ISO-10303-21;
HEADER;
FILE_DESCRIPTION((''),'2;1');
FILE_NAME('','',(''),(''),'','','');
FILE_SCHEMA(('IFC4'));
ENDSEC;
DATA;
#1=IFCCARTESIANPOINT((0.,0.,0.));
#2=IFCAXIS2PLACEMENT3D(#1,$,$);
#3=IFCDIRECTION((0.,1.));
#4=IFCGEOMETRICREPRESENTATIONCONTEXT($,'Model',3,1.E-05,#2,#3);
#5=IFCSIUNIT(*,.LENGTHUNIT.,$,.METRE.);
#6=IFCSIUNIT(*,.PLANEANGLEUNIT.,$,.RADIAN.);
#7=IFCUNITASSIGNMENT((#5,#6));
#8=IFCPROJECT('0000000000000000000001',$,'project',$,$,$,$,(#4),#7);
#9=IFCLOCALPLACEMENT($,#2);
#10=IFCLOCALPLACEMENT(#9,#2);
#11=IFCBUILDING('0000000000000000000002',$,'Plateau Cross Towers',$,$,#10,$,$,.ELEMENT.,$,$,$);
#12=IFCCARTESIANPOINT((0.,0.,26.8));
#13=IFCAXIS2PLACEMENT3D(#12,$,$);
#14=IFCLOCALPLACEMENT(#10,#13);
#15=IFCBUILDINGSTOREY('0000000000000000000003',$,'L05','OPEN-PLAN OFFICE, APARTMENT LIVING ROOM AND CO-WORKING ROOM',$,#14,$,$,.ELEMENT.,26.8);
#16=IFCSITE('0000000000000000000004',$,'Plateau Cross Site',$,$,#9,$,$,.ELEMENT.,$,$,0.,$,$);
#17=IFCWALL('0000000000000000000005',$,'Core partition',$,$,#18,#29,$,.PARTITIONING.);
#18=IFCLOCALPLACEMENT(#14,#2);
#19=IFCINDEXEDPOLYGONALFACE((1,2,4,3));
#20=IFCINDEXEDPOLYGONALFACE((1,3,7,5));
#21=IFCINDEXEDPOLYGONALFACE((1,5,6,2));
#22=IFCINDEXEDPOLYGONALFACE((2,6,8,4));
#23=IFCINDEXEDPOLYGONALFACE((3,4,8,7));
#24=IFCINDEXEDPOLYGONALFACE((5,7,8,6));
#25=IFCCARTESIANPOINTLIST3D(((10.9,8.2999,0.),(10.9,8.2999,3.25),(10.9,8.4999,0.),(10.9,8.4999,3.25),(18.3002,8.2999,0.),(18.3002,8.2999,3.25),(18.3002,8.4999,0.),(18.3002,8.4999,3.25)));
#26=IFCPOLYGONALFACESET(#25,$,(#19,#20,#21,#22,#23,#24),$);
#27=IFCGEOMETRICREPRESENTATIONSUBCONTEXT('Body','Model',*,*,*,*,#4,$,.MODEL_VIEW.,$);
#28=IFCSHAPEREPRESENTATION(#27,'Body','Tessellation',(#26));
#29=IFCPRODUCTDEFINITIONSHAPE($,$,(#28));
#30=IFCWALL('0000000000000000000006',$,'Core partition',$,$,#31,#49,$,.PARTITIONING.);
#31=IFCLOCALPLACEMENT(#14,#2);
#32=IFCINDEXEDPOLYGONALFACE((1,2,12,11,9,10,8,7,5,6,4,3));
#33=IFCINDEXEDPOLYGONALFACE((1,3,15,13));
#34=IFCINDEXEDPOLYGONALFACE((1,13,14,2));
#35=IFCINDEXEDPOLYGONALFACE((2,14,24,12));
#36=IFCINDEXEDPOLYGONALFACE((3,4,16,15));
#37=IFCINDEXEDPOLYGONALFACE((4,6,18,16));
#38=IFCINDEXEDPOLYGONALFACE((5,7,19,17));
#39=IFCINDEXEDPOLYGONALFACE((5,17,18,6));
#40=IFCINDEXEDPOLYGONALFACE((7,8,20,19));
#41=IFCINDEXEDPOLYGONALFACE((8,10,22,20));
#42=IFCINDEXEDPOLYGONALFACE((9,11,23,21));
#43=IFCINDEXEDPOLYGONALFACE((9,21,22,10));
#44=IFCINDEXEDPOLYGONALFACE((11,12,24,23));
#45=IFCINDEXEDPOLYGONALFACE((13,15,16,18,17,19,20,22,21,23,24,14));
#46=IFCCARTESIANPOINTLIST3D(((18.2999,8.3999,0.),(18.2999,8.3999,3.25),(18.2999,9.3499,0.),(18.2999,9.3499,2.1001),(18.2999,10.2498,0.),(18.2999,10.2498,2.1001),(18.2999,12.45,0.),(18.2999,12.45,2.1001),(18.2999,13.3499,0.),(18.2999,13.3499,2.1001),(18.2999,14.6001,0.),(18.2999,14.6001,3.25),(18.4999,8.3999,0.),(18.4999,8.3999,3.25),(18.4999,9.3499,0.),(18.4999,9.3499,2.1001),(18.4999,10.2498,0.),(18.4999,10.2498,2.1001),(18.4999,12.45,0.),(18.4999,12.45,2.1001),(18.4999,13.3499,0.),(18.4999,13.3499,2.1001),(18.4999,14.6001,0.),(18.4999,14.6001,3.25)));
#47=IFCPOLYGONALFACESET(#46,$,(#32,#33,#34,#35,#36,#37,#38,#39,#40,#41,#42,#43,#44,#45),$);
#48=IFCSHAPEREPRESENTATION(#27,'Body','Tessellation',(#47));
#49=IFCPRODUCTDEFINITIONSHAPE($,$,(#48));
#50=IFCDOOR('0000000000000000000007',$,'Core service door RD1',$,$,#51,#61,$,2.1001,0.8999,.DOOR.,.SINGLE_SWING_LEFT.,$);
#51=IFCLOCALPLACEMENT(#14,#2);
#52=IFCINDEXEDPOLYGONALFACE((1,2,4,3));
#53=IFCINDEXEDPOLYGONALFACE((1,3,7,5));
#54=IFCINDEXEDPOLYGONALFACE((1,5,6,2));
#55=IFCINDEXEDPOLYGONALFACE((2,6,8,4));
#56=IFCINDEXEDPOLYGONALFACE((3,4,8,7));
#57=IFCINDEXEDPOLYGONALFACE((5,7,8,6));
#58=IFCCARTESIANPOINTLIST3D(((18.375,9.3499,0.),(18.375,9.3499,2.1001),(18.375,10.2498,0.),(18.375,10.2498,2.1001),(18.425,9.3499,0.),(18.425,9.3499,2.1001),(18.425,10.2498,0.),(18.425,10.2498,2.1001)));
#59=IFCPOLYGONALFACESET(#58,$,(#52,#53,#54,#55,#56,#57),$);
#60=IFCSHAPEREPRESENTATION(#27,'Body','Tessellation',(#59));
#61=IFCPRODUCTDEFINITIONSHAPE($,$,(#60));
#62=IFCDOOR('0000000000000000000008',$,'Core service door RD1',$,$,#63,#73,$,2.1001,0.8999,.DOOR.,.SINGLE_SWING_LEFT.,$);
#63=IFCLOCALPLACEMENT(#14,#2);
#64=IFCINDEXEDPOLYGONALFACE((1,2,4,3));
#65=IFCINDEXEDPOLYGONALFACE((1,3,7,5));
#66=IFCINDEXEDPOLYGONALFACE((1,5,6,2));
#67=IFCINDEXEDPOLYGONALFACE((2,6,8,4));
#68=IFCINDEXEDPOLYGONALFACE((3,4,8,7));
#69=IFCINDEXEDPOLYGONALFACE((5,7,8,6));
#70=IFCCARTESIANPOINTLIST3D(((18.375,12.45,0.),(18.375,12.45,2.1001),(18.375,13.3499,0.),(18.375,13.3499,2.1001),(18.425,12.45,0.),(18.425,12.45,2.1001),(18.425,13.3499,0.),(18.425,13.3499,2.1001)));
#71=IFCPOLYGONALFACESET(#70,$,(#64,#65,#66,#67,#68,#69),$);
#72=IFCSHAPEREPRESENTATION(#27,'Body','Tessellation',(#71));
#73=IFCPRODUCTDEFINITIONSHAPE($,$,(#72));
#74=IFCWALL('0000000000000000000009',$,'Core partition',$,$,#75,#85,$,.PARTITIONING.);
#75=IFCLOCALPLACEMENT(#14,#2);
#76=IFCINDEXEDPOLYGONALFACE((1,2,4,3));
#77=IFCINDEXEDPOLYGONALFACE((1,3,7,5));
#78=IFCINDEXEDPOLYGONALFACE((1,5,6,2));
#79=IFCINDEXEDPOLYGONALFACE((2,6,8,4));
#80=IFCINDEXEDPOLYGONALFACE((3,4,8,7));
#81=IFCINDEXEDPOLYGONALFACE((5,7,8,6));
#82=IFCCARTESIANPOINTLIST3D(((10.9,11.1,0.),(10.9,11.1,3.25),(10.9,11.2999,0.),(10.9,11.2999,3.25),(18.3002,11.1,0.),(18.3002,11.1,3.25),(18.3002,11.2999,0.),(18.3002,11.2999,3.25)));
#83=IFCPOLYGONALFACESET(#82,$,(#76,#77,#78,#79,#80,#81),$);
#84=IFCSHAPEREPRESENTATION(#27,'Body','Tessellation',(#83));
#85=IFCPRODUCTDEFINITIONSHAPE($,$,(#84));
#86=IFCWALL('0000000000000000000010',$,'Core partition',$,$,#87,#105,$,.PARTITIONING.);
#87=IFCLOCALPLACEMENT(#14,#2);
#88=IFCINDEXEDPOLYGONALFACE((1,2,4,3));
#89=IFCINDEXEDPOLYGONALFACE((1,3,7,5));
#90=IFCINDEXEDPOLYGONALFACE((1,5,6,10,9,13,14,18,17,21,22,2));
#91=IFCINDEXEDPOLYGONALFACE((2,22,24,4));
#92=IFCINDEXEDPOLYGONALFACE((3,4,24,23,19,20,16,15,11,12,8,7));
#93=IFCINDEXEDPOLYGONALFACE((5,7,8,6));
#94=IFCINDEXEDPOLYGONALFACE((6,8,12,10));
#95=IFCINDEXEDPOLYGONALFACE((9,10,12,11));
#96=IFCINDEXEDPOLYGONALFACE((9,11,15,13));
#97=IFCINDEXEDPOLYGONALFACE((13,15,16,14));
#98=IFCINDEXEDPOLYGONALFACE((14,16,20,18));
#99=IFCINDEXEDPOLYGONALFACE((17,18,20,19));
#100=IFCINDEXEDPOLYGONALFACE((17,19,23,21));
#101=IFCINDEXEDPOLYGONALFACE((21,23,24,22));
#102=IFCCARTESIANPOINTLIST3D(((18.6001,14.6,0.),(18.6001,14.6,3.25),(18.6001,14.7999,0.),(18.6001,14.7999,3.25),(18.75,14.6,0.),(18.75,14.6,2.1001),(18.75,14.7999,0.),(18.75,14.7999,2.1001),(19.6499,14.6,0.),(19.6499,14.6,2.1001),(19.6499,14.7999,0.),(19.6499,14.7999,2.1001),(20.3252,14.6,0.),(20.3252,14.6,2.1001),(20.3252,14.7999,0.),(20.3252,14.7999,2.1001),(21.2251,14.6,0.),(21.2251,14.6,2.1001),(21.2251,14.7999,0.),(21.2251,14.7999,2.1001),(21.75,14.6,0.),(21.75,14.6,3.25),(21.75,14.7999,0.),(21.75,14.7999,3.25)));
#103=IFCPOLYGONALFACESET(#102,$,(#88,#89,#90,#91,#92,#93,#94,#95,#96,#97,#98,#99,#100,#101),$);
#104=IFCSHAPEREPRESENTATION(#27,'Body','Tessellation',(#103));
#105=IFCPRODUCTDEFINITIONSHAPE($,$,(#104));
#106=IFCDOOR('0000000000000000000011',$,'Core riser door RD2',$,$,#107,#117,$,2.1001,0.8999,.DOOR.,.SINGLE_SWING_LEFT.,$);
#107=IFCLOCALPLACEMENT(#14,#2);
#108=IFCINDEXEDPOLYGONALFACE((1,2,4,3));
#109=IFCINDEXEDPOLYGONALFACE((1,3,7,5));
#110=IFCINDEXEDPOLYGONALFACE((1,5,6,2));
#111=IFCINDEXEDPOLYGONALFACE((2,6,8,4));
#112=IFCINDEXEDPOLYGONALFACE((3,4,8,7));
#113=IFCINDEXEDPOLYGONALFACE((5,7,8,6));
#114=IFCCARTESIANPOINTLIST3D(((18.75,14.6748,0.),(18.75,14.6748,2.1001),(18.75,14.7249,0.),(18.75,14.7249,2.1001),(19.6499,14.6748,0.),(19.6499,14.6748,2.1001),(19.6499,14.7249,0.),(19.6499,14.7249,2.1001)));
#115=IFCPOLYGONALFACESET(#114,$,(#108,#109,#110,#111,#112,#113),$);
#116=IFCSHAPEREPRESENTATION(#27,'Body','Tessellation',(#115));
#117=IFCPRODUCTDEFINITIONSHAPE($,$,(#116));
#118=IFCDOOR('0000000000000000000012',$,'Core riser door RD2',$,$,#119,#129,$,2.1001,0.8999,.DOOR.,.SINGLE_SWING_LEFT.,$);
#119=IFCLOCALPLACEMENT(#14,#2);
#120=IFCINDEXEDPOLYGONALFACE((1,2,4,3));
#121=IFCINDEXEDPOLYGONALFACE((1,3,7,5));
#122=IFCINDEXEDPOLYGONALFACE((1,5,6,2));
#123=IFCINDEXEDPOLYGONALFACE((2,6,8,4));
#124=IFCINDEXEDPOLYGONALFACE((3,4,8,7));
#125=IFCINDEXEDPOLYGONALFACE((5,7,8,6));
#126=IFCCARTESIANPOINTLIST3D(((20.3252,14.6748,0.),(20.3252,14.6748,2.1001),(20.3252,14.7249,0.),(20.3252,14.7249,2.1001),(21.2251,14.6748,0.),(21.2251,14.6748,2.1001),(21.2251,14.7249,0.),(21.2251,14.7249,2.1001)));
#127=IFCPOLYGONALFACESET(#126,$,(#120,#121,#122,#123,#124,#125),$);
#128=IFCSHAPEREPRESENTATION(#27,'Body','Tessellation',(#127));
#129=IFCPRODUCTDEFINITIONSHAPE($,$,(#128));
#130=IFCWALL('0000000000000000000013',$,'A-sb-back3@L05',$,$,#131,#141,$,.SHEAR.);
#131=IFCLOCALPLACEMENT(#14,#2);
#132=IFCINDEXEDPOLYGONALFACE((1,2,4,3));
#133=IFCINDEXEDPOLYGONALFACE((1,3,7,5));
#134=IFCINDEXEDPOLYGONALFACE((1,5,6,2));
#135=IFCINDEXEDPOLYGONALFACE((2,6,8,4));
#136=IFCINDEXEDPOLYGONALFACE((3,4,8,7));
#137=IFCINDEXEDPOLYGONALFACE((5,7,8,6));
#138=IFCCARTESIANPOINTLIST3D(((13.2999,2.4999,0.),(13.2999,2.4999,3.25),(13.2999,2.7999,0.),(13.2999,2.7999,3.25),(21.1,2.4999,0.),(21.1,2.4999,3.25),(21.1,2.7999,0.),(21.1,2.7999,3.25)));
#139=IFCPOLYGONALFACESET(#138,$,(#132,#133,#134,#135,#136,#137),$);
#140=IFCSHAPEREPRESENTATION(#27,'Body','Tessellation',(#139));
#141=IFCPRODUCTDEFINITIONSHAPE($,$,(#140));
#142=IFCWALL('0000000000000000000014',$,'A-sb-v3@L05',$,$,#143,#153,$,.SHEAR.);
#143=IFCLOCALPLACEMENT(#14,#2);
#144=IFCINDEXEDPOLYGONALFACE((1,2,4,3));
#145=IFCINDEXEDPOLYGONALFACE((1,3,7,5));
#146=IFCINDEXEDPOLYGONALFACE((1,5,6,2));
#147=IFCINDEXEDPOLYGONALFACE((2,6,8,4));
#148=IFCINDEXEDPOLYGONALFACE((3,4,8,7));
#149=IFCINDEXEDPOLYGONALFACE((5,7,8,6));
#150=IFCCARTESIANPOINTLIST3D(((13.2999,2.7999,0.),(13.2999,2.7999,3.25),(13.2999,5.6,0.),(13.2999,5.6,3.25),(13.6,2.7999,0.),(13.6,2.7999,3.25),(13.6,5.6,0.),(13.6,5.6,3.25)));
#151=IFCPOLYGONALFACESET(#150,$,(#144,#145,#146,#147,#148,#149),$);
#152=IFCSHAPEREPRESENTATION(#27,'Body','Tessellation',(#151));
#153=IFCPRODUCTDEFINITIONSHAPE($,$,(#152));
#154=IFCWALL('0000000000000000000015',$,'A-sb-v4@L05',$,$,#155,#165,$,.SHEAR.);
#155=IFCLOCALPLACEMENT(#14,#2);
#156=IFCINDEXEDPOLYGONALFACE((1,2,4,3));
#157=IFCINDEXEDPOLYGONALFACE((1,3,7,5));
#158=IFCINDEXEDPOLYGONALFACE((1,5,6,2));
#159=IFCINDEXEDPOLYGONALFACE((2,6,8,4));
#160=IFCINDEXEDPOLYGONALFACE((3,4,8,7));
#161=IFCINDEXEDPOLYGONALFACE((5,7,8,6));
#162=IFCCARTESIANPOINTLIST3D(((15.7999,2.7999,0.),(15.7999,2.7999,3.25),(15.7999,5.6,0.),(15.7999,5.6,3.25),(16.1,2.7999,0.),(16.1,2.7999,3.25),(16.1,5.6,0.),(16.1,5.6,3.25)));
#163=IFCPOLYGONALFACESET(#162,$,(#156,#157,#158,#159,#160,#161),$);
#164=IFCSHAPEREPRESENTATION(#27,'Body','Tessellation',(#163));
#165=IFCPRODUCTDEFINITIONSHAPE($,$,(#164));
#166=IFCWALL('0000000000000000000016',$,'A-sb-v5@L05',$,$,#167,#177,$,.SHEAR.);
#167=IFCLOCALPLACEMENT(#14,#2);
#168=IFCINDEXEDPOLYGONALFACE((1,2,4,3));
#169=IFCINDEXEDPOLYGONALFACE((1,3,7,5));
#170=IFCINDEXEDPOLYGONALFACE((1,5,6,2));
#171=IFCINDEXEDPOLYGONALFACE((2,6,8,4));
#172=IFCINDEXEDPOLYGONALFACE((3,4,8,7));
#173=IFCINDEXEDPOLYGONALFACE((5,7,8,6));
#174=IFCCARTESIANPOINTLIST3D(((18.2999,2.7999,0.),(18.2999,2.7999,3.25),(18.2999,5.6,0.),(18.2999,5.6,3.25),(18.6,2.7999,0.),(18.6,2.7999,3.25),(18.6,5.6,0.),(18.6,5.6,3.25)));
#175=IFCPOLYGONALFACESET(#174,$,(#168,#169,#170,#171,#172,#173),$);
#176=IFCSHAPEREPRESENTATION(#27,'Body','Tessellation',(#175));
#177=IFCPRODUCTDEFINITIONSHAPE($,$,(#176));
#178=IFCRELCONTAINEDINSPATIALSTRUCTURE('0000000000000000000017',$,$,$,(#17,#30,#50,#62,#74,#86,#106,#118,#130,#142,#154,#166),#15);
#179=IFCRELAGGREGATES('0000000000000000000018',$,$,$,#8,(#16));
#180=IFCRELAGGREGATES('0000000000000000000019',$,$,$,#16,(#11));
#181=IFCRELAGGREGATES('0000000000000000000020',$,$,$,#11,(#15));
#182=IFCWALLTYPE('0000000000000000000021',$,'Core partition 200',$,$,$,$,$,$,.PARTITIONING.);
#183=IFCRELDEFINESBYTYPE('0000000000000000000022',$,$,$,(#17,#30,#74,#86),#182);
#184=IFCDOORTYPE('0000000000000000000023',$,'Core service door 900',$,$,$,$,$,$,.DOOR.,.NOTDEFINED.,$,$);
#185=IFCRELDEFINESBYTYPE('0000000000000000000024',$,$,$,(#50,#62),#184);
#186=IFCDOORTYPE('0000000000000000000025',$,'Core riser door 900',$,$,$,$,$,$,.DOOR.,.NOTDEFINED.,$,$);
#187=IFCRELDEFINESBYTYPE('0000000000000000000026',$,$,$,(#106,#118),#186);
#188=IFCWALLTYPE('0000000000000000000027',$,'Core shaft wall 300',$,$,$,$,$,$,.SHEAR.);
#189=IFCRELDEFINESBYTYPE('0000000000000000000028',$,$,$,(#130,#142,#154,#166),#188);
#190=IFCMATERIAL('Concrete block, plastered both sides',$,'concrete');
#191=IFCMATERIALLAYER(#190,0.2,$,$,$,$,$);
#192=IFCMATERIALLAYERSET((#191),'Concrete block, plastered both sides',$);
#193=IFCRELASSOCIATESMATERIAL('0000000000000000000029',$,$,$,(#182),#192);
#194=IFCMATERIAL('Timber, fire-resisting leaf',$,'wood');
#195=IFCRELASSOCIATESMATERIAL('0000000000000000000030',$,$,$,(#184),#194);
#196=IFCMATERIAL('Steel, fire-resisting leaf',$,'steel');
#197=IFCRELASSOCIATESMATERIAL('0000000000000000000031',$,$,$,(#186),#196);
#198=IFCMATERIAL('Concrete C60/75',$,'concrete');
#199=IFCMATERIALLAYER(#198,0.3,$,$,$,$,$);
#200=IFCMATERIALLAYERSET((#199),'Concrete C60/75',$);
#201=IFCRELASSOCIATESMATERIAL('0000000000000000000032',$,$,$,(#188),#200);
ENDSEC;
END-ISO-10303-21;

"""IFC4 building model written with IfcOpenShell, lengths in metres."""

from ifc_helpers import new_model, si_unit, direction, frame, frame_2d, origin, place, context, subcontext, project, spatial, rectangle, extrude, material, layer, layer_set, type_object, element, fill, save


model = new_model("IFC4")

# Units and contexts
model_context = context("Model", 3, precision=1e-05, world=origin(), true_north=direction((0.0, 1.0)))
body_context = subcontext(model_context, "Body", "Model", "MODEL_VIEW")
ifc_project = project(units=[si_unit("LENGTHUNIT", "METRE"), si_unit("PLANEANGLEUNIT", "RADIAN")], contexts=[model_context])

# Site, building, storey
site_placement = place(None, origin())
site = spatial("IfcSite", under=ifc_project, at=site_placement, Name="Plateau Cross Site", CompositionType="ELEMENT", RefElevation=0.0)
building_placement = place(site_placement, origin())
building = spatial("IfcBuilding", under=site, at=building_placement, Name="Plateau Cross Towers", CompositionType="ELEMENT")
storey_placement = place(building_placement, frame((0.0, 0.0, 26.8)))
storey = spatial("IfcBuildingStorey", under=building, at=storey_placement, Name="L05", Description="OPEN-PLAN OFFICE, APARTMENT LIVING ROOM AND CO-WORKING ROOM", CompositionType="ELEMENT", Elevation=26.8)

# Wall
ifc_material_1 = material(Name="Concrete block, plastered both sides", Category="concrete")
ifc_layer_1 = layer(ifc_material_1, 0.2)
ifc_layer_set_1 = layer_set([ifc_layer_1], Name="Concrete block, plastered both sides")
wall_type_1 = type_object("IfcWallType", Name="Core partition 200", PredefinedType="PARTITIONING", material=ifc_layer_set_1)
wall_1_placement = place(storey_placement, frame((10.8999, 8.3999, 0.0), z_axis=(0.0, 0.0, 1.0), x_axis=(1.0, 0.0, 0.0)))
element("IfcWall", 1, at=wall_1_placement, inside=storey, type_object=wall_type_1, Name="Core partition", PredefinedType="PARTITIONING", context=body_context, shape_type="SweptSolid", body=[
    extrude(rectangle(XDim=7.4001, YDim=0.2, at=frame_2d((3.7002, 0.0))), origin(), (0.0, 0.0, 1.0), 3.25),
])

# Wall, openings, doors
wall_2_placement = place(storey_placement, frame((18.3999, 8.3999, 0.0), z_axis=(0.0, 0.0, 1.0), x_axis=(0.0, 1.0, 0.0)))
wall_2 = element("IfcWall", 2, at=wall_2_placement, inside=storey, type_object=wall_type_1, Name="Core partition", PredefinedType="PARTITIONING", context=body_context, shape_type="SweptSolid", body=[
    extrude(rectangle(XDim=6.2002, YDim=0.2, at=frame_2d((3.1001, 0.0))), origin(), (0.0, 0.0, 1.0), 3.25),
])
opening_1_placement = place(wall_2_placement, frame((0.95, 0.0, 0.0)))
opening_1 = element("IfcOpeningElement", 3, at=opening_1_placement, cuts=wall_2, PredefinedType="OPENING", context=body_context, shape_type="SweptSolid", body=[
    extrude(rectangle(XDim=0.8999, YDim=2.1001, at=frame_2d((0.45, 1.05))), frame((0.0, 0.1099, 0.0), z_axis=(0.0, -1.0, 0.0), x_axis=(1.0, 0.0, 0.0)), (0.0, 0.0, 1.0), 0.22),
])
opening_2_placement = place(wall_2_placement, frame((4.05, 0.0, 0.0)))
opening_2 = element("IfcOpeningElement", 4, at=opening_2_placement, cuts=wall_2, PredefinedType="OPENING", context=body_context, shape_type="SweptSolid", body=[
    extrude(rectangle(XDim=0.8999, YDim=2.1001, at=frame_2d((0.45, 1.05))), frame((0.0, 0.1099, 0.0), z_axis=(0.0, -1.0, 0.0), x_axis=(1.0, 0.0, 0.0)), (0.0, 0.0, 1.0), 0.22),
])
ifc_material_2 = material(Name="Timber, fire-resisting leaf", Category="wood")
door_type_1 = type_object("IfcDoorType", Name="Core service door 900", OperationType="NOTDEFINED", PredefinedType="DOOR", material=ifc_material_2)
door_1_placement = place(opening_1_placement, origin())
door_1 = element("IfcDoor", 5, at=door_1_placement, inside=storey, type_object=door_type_1, Name="Core service door RD1", OperationType="SINGLE_SWING_LEFT", OverallHeight=2.1001, OverallWidth=0.8999, PredefinedType="DOOR", context=body_context, shape_type="SweptSolid", body=[
    extrude(rectangle(XDim=0.8999, YDim=2.1001, at=frame_2d((0.45, 1.05))), frame((0.0, 0.0249, 0.0), z_axis=(0.0, -1.0, 0.0), x_axis=(1.0, 0.0, 0.0)), (0.0, 0.0, 1.0), 0.05),
])
fill(opening_1, door_1)
door_2_placement = place(opening_2_placement, origin())
door_2 = element("IfcDoor", 6, at=door_2_placement, inside=storey, type_object=door_type_1, Name="Core service door RD1", OperationType="SINGLE_SWING_LEFT", OverallHeight=2.1001, OverallWidth=0.8999, PredefinedType="DOOR", context=body_context, shape_type="SweptSolid", body=[
    extrude(rectangle(XDim=0.8999, YDim=2.1001, at=frame_2d((0.45, 1.05))), frame((0.0, 0.0249, 0.0), z_axis=(0.0, -1.0, 0.0), x_axis=(1.0, 0.0, 0.0)), (0.0, 0.0, 1.0), 0.05),
])
fill(opening_2, door_2)

# Wall
wall_3_placement = place(storey_placement, frame((10.8999, 11.2, 0.0), z_axis=(0.0, 0.0, 1.0), x_axis=(1.0, 0.0, 0.0)))
element("IfcWall", 7, at=wall_3_placement, inside=storey, type_object=wall_type_1, Name="Core partition", PredefinedType="PARTITIONING", context=body_context, shape_type="SweptSolid", body=[
    extrude(rectangle(XDim=7.4001, YDim=0.2, at=frame_2d((3.7002, 0.0))), origin(), (0.0, 0.0, 1.0), 3.25),
])

# Wall, openings, doors
wall_4_placement = place(storey_placement, frame((18.6001, 14.7, 0.0), z_axis=(0.0, 0.0, 1.0), x_axis=(1.0, 0.0, 0.0)))
wall_4 = element("IfcWall", 8, at=wall_4_placement, inside=storey, type_object=wall_type_1, Name="Core partition", PredefinedType="PARTITIONING", context=body_context, shape_type="SweptSolid", body=[
    extrude(rectangle(XDim=3.1499, YDim=0.2, at=frame_2d((1.575, 0.0))), origin(), (0.0, 0.0, 1.0), 3.25),
])
opening_3_placement = place(wall_4_placement, frame((0.1499, 0.0, 0.0)))
opening_3 = element("IfcOpeningElement", 9, at=opening_3_placement, cuts=wall_4, PredefinedType="OPENING", context=body_context, shape_type="SweptSolid", body=[
    extrude(rectangle(XDim=0.8999, YDim=2.1001, at=frame_2d((0.45, 1.05))), frame((0.0, 0.1099, 0.0), z_axis=(0.0, -1.0, 0.0), x_axis=(1.0, 0.0, 0.0)), (0.0, 0.0, 1.0), 0.22),
])
opening_4_placement = place(wall_4_placement, frame((1.7251, 0.0, 0.0)))
opening_4 = element("IfcOpeningElement", 10, at=opening_4_placement, cuts=wall_4, PredefinedType="OPENING", context=body_context, shape_type="SweptSolid", body=[
    extrude(rectangle(XDim=0.8999, YDim=2.1001, at=frame_2d((0.45, 1.05))), frame((0.0, 0.1099, 0.0), z_axis=(0.0, -1.0, 0.0), x_axis=(1.0, 0.0, 0.0)), (0.0, 0.0, 1.0), 0.22),
])
ifc_material_3 = material(Name="Steel, fire-resisting leaf", Category="steel")
door_type_2 = type_object("IfcDoorType", Name="Core riser door 900", OperationType="NOTDEFINED", PredefinedType="DOOR", material=ifc_material_3)
door_3_placement = place(opening_3_placement, origin())
door_3 = element("IfcDoor", 11, at=door_3_placement, inside=storey, type_object=door_type_2, Name="Core riser door RD2", OperationType="SINGLE_SWING_LEFT", OverallHeight=2.1001, OverallWidth=0.8999, PredefinedType="DOOR", context=body_context, shape_type="SweptSolid", body=[
    extrude(rectangle(XDim=0.8999, YDim=2.1001, at=frame_2d((0.45, 1.05))), frame((0.0, 0.0249, 0.0), z_axis=(0.0, -1.0, 0.0), x_axis=(1.0, 0.0, 0.0)), (0.0, 0.0, 1.0), 0.05),
])
fill(opening_3, door_3)
door_4_placement = place(opening_4_placement, origin())
door_4 = element("IfcDoor", 12, at=door_4_placement, inside=storey, type_object=door_type_2, Name="Core riser door RD2", OperationType="SINGLE_SWING_LEFT", OverallHeight=2.1001, OverallWidth=0.8999, PredefinedType="DOOR", context=body_context, shape_type="SweptSolid", body=[
    extrude(rectangle(XDim=0.8999, YDim=2.1001, at=frame_2d((0.45, 1.05))), frame((0.0, 0.0249, 0.0), z_axis=(0.0, -1.0, 0.0), x_axis=(1.0, 0.0, 0.0)), (0.0, 0.0, 1.0), 0.05),
])
fill(opening_4, door_4)

# Walls
ifc_material_4 = material(Name="Concrete C60/75", Category="concrete")
ifc_layer_2 = layer(ifc_material_4, 0.3)
ifc_layer_set_2 = layer_set([ifc_layer_2], Name="Concrete C60/75")
wall_type_2 = type_object("IfcWallType", Name="Core shaft wall 300", PredefinedType="SHEAR", material=ifc_layer_set_2)
wall_5_placement = place(storey_placement, frame((13.3, 2.6499, 0.0), z_axis=(0.0, 0.0, 1.0), x_axis=(1.0, 0.0, 0.0)))
element("IfcWall", 13, at=wall_5_placement, inside=storey, type_object=wall_type_2, Name="A-sb-back3@L05", PredefinedType="SHEAR", context=body_context, shape_type="SweptSolid", body=[
    extrude(rectangle(XDim=7.8, YDim=0.3, at=frame_2d((3.8999, 0.0))), origin(), (0.0, 0.0, 1.0), 3.25),
])
for number, where, z_axis, x_axis, name in (
    (14, (13.45, 2.8, 0.0), (0.0, 0.0, 1.0), (0.0, 1.0, 0.0), "A-sb-v3@L05"),
    (15, (15.95, 2.8, 0.0), (0.0, 0.0, 1.0), (0.0, 1.0, 0.0), "A-sb-v4@L05"),
    (16, (18.45, 2.8, 0.0), (0.0, 0.0, 1.0), (0.0, 1.0, 0.0), "A-sb-v5@L05"),
):
    element("IfcWall", number, at=place(storey_placement, frame(where, z_axis=z_axis, x_axis=x_axis)), inside=storey, type_object=wall_type_2, Name=name, PredefinedType="SHEAR", context=body_context, shape_type="SweptSolid", body=[
        extrude(rectangle(XDim=2.8, YDim=0.3, at=frame_2d((1.3999, 0.0))), origin(), (0.0, 0.0, 1.0), 3.25),
    ])

save(model, "model.ifc")
